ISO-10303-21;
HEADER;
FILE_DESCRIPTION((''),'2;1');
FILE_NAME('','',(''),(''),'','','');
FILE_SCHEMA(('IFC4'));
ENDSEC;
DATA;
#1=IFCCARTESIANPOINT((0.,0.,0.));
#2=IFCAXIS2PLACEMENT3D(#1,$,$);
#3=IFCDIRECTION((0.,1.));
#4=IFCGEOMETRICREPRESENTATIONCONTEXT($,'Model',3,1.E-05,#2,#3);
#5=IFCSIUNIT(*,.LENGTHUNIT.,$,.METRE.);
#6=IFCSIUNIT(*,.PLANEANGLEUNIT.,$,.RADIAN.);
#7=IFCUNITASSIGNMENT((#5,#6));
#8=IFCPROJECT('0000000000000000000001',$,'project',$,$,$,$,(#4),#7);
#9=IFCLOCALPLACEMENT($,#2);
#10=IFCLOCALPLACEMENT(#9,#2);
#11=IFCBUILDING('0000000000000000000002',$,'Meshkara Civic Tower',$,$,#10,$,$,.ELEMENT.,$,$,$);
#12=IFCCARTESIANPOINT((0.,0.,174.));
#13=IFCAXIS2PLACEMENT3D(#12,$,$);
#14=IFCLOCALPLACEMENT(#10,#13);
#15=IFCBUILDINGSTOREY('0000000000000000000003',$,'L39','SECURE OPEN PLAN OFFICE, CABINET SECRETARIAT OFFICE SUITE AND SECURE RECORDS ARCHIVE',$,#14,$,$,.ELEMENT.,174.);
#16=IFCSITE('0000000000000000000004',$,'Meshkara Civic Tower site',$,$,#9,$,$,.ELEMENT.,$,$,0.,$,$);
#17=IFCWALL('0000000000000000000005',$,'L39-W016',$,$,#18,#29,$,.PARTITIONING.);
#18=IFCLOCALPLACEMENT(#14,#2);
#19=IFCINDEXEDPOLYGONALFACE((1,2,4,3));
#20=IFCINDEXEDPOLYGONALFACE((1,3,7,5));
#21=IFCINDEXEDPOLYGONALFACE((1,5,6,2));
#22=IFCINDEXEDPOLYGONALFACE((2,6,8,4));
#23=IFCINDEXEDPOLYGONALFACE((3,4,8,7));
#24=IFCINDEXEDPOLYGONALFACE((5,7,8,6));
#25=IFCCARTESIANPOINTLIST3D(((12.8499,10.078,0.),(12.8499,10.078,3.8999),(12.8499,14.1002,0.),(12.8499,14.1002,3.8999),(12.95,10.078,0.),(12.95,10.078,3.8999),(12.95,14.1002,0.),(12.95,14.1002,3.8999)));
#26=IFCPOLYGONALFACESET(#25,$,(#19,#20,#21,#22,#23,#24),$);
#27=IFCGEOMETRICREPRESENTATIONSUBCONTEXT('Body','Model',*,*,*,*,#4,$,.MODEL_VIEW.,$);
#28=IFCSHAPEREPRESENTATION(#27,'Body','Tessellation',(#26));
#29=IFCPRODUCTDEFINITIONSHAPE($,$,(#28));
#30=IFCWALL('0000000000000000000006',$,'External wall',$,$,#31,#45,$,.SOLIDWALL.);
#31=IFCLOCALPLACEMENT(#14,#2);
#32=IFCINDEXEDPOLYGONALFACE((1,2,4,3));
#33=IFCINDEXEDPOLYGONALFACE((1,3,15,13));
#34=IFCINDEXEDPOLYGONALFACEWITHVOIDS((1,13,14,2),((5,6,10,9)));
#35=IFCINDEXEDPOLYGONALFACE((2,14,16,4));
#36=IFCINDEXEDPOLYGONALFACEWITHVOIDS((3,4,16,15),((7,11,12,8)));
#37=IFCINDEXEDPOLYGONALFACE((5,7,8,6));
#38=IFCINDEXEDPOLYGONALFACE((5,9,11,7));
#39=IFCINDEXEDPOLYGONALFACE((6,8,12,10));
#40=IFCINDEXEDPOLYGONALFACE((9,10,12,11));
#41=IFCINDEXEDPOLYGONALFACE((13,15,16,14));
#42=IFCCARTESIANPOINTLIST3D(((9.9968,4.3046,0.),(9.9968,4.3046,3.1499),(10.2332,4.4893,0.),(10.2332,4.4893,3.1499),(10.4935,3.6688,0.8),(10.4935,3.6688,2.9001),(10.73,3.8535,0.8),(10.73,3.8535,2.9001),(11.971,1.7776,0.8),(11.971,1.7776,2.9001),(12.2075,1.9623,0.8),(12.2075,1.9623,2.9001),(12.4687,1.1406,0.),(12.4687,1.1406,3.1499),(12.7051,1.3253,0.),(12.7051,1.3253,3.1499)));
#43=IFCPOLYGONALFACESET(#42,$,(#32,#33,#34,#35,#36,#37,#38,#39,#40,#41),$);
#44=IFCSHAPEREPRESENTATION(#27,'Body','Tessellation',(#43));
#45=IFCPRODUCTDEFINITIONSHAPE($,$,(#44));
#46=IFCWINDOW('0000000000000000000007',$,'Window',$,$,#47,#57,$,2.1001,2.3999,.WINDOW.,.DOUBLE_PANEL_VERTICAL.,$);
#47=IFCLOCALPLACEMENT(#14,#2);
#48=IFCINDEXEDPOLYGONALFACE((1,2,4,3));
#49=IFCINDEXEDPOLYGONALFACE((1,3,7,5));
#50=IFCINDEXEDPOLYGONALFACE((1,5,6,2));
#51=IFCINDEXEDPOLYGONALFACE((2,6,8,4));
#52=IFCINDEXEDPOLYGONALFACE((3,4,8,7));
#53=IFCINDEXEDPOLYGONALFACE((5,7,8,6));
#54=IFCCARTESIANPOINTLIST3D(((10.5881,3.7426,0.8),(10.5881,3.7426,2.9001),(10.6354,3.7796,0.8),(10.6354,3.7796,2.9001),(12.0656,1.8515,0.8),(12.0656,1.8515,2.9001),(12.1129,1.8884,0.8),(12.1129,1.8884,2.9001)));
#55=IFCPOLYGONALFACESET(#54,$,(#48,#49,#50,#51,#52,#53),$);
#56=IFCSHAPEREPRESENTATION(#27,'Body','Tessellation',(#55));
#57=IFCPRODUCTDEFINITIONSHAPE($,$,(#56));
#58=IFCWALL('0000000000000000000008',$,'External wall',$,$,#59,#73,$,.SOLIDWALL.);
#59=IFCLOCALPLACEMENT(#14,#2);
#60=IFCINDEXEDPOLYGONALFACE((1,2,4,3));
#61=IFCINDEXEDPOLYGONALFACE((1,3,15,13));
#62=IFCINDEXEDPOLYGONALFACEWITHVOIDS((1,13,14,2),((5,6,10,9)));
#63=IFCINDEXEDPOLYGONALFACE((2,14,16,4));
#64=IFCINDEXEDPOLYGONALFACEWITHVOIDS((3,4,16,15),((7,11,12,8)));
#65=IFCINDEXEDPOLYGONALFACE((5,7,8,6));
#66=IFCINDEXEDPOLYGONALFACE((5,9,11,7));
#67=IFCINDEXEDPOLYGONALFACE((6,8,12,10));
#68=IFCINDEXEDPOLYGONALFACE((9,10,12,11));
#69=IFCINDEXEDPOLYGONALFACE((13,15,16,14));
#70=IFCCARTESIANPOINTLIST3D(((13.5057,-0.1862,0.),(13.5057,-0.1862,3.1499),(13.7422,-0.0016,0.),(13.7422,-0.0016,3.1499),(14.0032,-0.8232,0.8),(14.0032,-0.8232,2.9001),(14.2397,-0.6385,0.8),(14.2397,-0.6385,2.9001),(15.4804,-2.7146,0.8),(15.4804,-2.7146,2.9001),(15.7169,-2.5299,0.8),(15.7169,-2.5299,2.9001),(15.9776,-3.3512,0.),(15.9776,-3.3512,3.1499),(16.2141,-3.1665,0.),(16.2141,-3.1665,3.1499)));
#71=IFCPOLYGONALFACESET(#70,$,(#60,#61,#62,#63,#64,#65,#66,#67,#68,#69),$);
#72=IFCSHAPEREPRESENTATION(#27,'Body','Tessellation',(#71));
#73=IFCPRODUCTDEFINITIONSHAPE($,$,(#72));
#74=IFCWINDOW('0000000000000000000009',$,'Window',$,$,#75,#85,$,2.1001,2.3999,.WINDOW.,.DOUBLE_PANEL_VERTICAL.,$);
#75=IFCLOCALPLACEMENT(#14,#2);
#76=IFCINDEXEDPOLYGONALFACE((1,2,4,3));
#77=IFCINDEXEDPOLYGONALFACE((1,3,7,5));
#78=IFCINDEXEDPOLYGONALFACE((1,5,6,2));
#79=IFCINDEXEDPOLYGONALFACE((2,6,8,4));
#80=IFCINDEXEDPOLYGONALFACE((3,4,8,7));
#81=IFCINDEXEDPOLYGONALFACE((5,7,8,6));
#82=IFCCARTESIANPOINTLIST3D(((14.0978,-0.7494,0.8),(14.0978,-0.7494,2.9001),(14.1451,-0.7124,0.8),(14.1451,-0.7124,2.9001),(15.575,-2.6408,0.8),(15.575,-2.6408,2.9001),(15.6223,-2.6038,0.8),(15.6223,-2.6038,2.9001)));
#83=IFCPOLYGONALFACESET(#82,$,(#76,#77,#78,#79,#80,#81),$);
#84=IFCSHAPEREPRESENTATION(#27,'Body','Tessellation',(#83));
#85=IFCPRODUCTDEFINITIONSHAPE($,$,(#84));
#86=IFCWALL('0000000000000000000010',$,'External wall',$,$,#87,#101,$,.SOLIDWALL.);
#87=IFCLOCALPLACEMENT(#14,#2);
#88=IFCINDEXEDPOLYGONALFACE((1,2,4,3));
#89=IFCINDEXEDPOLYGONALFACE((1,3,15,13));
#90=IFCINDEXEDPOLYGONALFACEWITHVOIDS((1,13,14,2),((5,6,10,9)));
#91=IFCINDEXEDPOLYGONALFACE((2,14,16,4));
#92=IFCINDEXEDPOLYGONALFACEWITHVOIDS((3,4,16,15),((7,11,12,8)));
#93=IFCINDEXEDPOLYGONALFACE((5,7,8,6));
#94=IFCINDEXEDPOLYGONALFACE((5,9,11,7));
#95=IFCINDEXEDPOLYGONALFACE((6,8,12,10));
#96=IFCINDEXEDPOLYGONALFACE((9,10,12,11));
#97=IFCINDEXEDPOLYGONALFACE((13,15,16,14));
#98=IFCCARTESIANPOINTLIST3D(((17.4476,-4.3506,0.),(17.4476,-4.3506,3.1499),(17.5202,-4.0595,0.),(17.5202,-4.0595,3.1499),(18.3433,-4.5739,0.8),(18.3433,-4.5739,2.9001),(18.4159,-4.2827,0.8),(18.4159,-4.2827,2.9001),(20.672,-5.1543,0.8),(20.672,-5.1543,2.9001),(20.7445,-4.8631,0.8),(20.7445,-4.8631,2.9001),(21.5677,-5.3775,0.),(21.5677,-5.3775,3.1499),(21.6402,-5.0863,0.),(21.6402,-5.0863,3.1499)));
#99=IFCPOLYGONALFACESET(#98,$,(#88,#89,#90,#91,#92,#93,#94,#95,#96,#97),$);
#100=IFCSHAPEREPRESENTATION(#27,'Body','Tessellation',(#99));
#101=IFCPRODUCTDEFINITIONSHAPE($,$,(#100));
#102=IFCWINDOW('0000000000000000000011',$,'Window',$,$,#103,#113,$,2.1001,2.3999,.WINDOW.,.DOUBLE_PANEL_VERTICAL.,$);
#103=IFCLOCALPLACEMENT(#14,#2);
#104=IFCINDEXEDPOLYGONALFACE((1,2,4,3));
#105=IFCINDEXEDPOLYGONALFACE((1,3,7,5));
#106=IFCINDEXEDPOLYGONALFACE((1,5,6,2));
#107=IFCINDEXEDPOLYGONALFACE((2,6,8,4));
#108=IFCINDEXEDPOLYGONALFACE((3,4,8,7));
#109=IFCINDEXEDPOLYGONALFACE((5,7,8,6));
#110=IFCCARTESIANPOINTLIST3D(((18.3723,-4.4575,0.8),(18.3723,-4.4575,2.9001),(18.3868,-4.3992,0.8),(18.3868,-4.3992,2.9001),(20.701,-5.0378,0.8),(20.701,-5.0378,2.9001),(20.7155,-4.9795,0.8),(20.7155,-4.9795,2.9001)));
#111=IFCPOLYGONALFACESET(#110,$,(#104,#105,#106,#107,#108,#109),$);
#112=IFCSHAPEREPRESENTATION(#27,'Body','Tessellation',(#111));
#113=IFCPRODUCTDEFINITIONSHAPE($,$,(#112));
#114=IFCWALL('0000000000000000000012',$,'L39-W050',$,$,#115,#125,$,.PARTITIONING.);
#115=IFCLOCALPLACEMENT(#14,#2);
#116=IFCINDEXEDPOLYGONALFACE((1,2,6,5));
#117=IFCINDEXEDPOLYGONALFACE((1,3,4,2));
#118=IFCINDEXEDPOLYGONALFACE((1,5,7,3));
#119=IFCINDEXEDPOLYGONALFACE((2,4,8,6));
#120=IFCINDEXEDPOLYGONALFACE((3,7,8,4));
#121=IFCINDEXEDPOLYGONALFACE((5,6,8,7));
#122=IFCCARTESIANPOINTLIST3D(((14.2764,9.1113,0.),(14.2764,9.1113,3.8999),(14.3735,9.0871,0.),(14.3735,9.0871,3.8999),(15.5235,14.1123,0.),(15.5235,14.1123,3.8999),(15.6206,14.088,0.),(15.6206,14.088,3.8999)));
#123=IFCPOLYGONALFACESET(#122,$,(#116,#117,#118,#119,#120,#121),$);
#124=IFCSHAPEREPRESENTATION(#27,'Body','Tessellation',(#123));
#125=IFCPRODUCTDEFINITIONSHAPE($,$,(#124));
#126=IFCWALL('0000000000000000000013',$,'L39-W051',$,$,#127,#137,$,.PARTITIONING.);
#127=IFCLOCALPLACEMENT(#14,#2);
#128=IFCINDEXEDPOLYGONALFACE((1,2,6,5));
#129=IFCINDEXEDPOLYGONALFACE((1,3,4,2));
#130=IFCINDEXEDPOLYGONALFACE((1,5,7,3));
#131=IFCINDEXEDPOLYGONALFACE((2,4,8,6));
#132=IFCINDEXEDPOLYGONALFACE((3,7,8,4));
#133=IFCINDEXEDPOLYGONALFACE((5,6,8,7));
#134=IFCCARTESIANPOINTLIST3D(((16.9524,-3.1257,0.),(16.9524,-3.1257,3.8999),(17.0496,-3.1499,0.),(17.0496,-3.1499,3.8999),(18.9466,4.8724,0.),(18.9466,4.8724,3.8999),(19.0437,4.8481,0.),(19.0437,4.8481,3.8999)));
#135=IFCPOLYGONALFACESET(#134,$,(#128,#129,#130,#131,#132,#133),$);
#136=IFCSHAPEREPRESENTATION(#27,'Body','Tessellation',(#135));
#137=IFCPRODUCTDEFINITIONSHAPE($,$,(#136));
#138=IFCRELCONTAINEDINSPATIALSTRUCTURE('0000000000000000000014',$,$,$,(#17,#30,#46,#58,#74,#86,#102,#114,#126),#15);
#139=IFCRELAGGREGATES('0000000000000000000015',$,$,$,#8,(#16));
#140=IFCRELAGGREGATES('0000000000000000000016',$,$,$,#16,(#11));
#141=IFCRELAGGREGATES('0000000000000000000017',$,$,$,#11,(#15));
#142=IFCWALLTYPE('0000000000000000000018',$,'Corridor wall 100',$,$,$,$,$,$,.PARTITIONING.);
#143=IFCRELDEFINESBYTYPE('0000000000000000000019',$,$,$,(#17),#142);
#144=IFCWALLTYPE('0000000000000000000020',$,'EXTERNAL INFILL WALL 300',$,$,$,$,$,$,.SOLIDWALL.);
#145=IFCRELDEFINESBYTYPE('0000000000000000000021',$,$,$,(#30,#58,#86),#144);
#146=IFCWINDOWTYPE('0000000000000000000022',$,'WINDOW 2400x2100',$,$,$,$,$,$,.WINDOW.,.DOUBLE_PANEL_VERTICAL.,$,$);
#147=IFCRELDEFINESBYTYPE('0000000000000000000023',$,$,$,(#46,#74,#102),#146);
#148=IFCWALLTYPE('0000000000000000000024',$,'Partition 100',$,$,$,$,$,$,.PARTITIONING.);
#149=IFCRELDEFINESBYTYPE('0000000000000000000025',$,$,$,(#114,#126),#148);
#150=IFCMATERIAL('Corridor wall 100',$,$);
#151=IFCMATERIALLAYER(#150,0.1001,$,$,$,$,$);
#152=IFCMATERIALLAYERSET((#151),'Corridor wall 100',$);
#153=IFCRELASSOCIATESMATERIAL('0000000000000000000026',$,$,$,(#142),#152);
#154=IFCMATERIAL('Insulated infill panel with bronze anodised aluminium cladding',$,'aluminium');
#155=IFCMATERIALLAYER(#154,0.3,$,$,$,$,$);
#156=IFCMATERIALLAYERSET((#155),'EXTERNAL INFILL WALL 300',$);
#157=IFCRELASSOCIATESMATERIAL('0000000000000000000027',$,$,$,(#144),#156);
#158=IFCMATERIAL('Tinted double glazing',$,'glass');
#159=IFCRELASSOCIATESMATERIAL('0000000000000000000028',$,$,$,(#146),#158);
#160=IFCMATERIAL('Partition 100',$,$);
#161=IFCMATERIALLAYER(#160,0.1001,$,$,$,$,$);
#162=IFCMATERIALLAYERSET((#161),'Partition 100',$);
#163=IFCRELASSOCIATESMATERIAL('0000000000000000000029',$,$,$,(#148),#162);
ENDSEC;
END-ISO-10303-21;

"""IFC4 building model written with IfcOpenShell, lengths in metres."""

from ifc_helpers import new_model, si_unit, direction, frame, frame_2d, origin, place, context, subcontext, project, spatial, rectangle, extrude, material, layer, layer_set, type_object, element, fill, save


model = new_model("IFC4")

# Units and contexts
model_context = context("Model", 3, precision=1e-05, world=origin(), true_north=direction((0.0, 1.0)))
body_context = subcontext(model_context, "Body", "Model", "MODEL_VIEW")
ifc_project = project(units=[si_unit("LENGTHUNIT", "METRE"), si_unit("PLANEANGLEUNIT", "RADIAN")], contexts=[model_context])

# Site, building, storey
site_placement = place(None, origin())
site = spatial("IfcSite", under=ifc_project, at=site_placement, Name="Meshkara Civic Tower site", CompositionType="ELEMENT", RefElevation=0.0)
building_placement = place(site_placement, origin())
building = spatial("IfcBuilding", under=site, at=building_placement, Name="Meshkara Civic Tower", CompositionType="ELEMENT")
storey_placement = place(building_placement, frame((0.0, 0.0, 174.0)))
storey = spatial("IfcBuildingStorey", under=building, at=storey_placement, Name="L39", Description="SECURE OPEN PLAN OFFICE, CABINET SECRETARIAT OFFICE SUITE AND SECURE RECORDS ARCHIVE", CompositionType="ELEMENT", Elevation=174.0)

# Shared definitions
ifc_material_1 = material(Name="Corridor wall 100")
ifc_layer_1 = layer(ifc_material_1, 0.1001)
ifc_layer_set_1 = layer_set([ifc_layer_1], Name="Corridor wall 100")
wall_type_1 = type_object("IfcWallType", Name="Corridor wall 100", PredefinedType="PARTITIONING", material=ifc_layer_set_1)

# Wall
wall_1_placement = place(storey_placement, frame((12.8999, 10.0779, 0.0), z_axis=(0.0, 0.0, 1.0), x_axis=(0.0, 1.0, 0.0)))
element("IfcWall", 1, at=wall_1_placement, inside=storey, type_object=wall_type_1, Name="L39-W016", PredefinedType="PARTITIONING", context=body_context, shape_type="SweptSolid", body=[
    extrude(rectangle(XDim=4.0222, YDim=0.1001, at=frame_2d((2.0112, 0.0))), origin(), (0.0, 0.0, 1.0), 3.8999),
])

# Walls, openings, windows
ifc_material_2 = material(Name="Insulated infill panel with bronze anodised aluminium cladding", Category="aluminium")
ifc_layer_2 = layer(ifc_material_2, 0.3)
ifc_layer_set_2 = layer_set([ifc_layer_2], Name="EXTERNAL INFILL WALL 300")
wall_type_2 = type_object("IfcWallType", Name="EXTERNAL INFILL WALL 300", PredefinedType="SOLIDWALL", material=ifc_layer_set_2)
wall_2_placement = place(storey_placement, frame((10.115, 4.397, 0.0), z_axis=(0.0, 0.0, 1.0), x_axis=(0.615644, -0.788024, 0.0)))
wall_2 = element("IfcWall", 2, at=wall_2_placement, inside=storey, type_object=wall_type_2, Name="External wall", PredefinedType="SOLIDWALL", context=body_context, shape_type="SweptSolid", body=[
    extrude(rectangle(XDim=4.0151, YDim=0.3, at=frame_2d((2.0076, 0.0))), origin(), (0.0, 0.0, 1.0), 3.1499),
])
opening_1_placement = place(wall_2_placement, frame((0.8069, 0.0, 0.8)))
opening_1 = element("IfcOpeningElement", 3, at=opening_1_placement, cuts=wall_2, PredefinedType="OPENING", context=body_context, shape_type="SweptSolid", body=[
    extrude(rectangle(XDim=2.3999, YDim=2.1001, at=frame_2d((1.2, 1.05))), frame((0.0, 0.1599, 0.0), z_axis=(0.0, -1.0, 0.0), x_axis=(1.0, 0.0, 0.0)), (0.0, 0.0, 1.0), 0.3201),
])
ifc_material_3 = material(Name="Tinted double glazing", Category="glass")
window_type = type_object("IfcWindowType", Name="WINDOW 2400x2100", PartitioningType="DOUBLE_PANEL_VERTICAL", PredefinedType="WINDOW", material=ifc_material_3)
window_1_placement = place(opening_1_placement, origin())
window_1 = element("IfcWindow", 4, at=window_1_placement, inside=storey, type_object=window_type, Name="Window", OverallHeight=2.1001, OverallWidth=2.3999, PartitioningType="DOUBLE_PANEL_VERTICAL", PredefinedType="WINDOW", context=body_context, shape_type="SweptSolid", body=[
    extrude(rectangle(XDim=2.3999, YDim=2.1001, at=frame_2d((1.2, 1.05))), frame((0.0, 0.03, 0.0), z_axis=(0.0, -1.0, 0.0), x_axis=(1.0, 0.0, 0.0)), (0.0, 0.0, 1.0), 0.0601),
])
fill(opening_1, window_1)
wall_3_placement = place(storey_placement, frame((13.624, -0.094, 0.0), z_axis=(0.0, 0.0, 1.0), x_axis=(0.615526, -0.788117, 0.0)))
wall_3 = element("IfcWall", 5, at=wall_3_placement, inside=storey, type_object=wall_type_2, Name="External wall", PredefinedType="SOLIDWALL", context=body_context, shape_type="SweptSolid", body=[
    extrude(rectangle(XDim=4.0159, YDim=0.3, at=frame_2d((2.0078, 0.0))), origin(), (0.0, 0.0, 1.0), 3.1499),
])
opening_2_placement = place(wall_3_placement, frame((0.8081, 0.0, 0.8)))
opening_2 = element("IfcOpeningElement", 6, at=opening_2_placement, cuts=wall_3, PredefinedType="OPENING", context=body_context, shape_type="SweptSolid", body=[
    extrude(rectangle(XDim=2.3999, YDim=2.1001, at=frame_2d((1.2, 1.05))), frame((0.0, 0.1599, 0.0), z_axis=(0.0, -1.0, 0.0), x_axis=(1.0, 0.0, 0.0)), (0.0, 0.0, 1.0), 0.3201),
])
window_2_placement = place(opening_2_placement, origin())
window_2 = element("IfcWindow", 7, at=window_2_placement, inside=storey, type_object=window_type, Name="Window", OverallHeight=2.1001, OverallWidth=2.3999, PartitioningType="DOUBLE_PANEL_VERTICAL", PredefinedType="WINDOW", context=body_context, shape_type="SweptSolid", body=[
    extrude(rectangle(XDim=2.3999, YDim=2.1001, at=frame_2d((1.2, 1.05))), frame((0.0, 0.03, 0.0), z_axis=(0.0, -1.0, 0.0), x_axis=(1.0, 0.0, 0.0)), (0.0, 0.0, 1.0), 0.0601),
])
fill(opening_2, window_2)
wall_4_placement = place(storey_placement, frame((17.4839, -4.2051, 0.0), z_axis=(0.0, 0.0, 1.0), x_axis=(0.970318, -0.241832, 0.0)))
wall_4 = element("IfcWall", 8, at=wall_4_placement, inside=storey, type_object=wall_type_2, Name="External wall", PredefinedType="SOLIDWALL", context=body_context, shape_type="SweptSolid", body=[
    extrude(rectangle(XDim=4.2461, YDim=0.3, at=frame_2d((2.123, 0.0))), origin(), (0.0, 0.0, 1.0), 3.1499),
])
opening_3_placement = place(wall_4_placement, frame((0.9231, 0.0, 0.8)))
opening_3 = element("IfcOpeningElement", 9, at=opening_3_placement, cuts=wall_4, PredefinedType="OPENING", context=body_context, shape_type="SweptSolid", body=[
    extrude(rectangle(XDim=2.3999, YDim=2.1001, at=frame_2d((1.2, 1.05))), frame((0.0, 0.1599, 0.0), z_axis=(0.0, -1.0, 0.0), x_axis=(1.0, 0.0, 0.0)), (0.0, 0.0, 1.0), 0.3201),
])
window_3_placement = place(opening_3_placement, origin())
window_3 = element("IfcWindow", 10, at=window_3_placement, inside=storey, type_object=window_type, Name="Window", OverallHeight=2.1001, OverallWidth=2.3999, PartitioningType="DOUBLE_PANEL_VERTICAL", PredefinedType="WINDOW", context=body_context, shape_type="SweptSolid", body=[
    extrude(rectangle(XDim=2.3999, YDim=2.1001, at=frame_2d((1.2, 1.05))), frame((0.0, 0.03, 0.0), z_axis=(0.0, -1.0, 0.0), x_axis=(1.0, 0.0, 0.0)), (0.0, 0.0, 1.0), 0.0601),
])
fill(opening_3, window_3)

# Walls
ifc_material_4 = material(Name="Partition 100")
ifc_layer_3 = layer(ifc_material_4, 0.1001)
ifc_layer_set_3 = layer_set([ifc_layer_3], Name="Partition 100")
wall_type_3 = type_object("IfcWallType", Name="Partition 100", PredefinedType="PARTITIONING", material=ifc_layer_set_3)
wall_5_placement = place(storey_placement, frame((14.325, 9.0991, 0.0), z_axis=(0.0, 0.0, 1.0), x_axis=(0.241956, 0.970287, 0.0)))
element("IfcWall", 11, at=wall_5_placement, inside=storey, type_object=wall_type_3, Name="L39-W050", PredefinedType="PARTITIONING", context=body_context, shape_type="SweptSolid", body=[
    extrude(rectangle(XDim=5.1541, YDim=0.1001, at=frame_2d((2.5771, 0.0))), origin(), (0.0, 0.0, 1.0), 3.8999),
])
wall_6_placement = place(storey_placement, frame((17.001, -3.1379, 0.0), z_axis=(0.0, 0.0, 1.0), x_axis=(0.241922, 0.970296, 0.0)))
element("IfcWall", 12, at=wall_6_placement, inside=storey, type_object=wall_type_3, Name="L39-W051", PredefinedType="PARTITIONING", context=body_context, shape_type="SweptSolid", body=[
    extrude(rectangle(XDim=8.2429, YDim=0.1001, at=frame_2d((4.1216, 0.0))), origin(), (0.0, 0.0, 1.0), 3.8999),
])

save(model, "model.ifc")
